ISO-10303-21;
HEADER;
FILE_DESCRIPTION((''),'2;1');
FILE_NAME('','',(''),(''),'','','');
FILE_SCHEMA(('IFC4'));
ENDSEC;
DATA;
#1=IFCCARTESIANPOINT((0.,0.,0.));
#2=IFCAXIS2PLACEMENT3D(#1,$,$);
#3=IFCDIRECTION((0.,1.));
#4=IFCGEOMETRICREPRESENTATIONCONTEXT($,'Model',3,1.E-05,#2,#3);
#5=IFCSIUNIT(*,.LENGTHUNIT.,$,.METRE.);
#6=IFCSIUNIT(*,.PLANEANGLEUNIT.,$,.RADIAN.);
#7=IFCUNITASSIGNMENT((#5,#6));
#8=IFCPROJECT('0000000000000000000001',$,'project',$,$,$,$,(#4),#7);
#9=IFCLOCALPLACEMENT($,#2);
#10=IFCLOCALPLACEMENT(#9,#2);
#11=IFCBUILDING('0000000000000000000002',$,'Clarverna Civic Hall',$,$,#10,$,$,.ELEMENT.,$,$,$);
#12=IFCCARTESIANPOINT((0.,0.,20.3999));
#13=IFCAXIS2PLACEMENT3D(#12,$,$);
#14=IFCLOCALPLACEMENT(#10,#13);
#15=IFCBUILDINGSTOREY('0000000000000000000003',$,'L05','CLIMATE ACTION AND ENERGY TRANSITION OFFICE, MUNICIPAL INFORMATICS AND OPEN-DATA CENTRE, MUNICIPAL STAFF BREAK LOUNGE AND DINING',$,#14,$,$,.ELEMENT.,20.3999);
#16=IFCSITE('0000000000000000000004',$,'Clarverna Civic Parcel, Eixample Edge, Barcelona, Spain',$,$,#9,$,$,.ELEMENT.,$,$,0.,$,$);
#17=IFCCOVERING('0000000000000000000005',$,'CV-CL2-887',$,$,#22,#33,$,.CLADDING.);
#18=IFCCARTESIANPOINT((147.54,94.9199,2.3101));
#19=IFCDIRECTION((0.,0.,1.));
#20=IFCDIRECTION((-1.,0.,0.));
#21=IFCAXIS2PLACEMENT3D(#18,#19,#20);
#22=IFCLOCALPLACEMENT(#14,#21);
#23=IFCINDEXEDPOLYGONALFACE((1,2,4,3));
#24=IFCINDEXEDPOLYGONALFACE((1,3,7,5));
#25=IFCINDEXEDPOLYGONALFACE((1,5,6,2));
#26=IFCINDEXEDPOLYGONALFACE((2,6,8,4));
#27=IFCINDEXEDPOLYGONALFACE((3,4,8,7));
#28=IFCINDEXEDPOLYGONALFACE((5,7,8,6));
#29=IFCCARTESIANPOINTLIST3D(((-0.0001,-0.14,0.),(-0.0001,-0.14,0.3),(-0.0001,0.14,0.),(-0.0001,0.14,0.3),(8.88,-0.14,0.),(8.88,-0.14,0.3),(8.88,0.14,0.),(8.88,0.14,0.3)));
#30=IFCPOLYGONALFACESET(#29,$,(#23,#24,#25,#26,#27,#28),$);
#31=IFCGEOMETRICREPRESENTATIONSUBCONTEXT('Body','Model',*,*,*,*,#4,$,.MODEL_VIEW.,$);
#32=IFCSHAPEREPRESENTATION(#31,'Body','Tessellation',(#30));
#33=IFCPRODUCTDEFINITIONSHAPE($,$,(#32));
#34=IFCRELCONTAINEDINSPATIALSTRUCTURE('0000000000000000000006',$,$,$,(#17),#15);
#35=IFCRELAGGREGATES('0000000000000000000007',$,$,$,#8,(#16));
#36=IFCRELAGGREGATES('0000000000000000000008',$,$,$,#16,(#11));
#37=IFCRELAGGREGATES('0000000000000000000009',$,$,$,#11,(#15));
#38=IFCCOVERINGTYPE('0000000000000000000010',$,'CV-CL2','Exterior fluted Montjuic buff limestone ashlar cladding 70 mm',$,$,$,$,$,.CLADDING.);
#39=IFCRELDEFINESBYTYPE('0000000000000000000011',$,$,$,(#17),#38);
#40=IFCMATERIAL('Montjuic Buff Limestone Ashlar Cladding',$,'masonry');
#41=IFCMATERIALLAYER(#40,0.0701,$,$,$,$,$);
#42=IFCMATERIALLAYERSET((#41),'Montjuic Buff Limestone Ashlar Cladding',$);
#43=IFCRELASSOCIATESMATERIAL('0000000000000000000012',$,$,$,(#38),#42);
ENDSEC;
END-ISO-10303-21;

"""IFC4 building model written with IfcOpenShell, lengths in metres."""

from ifc_helpers import new_model, si_unit, direction, frame, frame_2d, origin, place, context, subcontext, project, spatial, rectangle, extrude, material, layer, layer_set, type_object, element, save


model = new_model("IFC4")

# Units and contexts
model_context = context("Model", 3, precision=1e-05, world=origin(), true_north=direction((0.0, 1.0)))
body_context = subcontext(model_context, "Body", "Model", "MODEL_VIEW")
ifc_project = project(units=[si_unit("LENGTHUNIT", "METRE"), si_unit("PLANEANGLEUNIT", "RADIAN")], contexts=[model_context])

# Site, building, storey
site_placement = place(None, origin())
site = spatial("IfcSite", under=ifc_project, at=site_placement, Name="Clarverna Civic Parcel, Eixample Edge, Barcelona, Spain", CompositionType="ELEMENT", RefElevation=0.0)
building_placement = place(site_placement, origin())
building = spatial("IfcBuilding", under=site, at=building_placement, Name="Clarverna Civic Hall", CompositionType="ELEMENT")
storey_placement = place(building_placement, frame((0.0, 0.0, 20.3999)))
storey = spatial("IfcBuildingStorey", under=building, at=storey_placement, Name="L05", Description="CLIMATE ACTION AND ENERGY TRANSITION OFFICE, MUNICIPAL INFORMATICS AND OPEN-DATA CENTRE, MUNICIPAL STAFF BREAK LOUNGE AND DINING", CompositionType="ELEMENT", Elevation=20.3999)

# Covering
ifc_material_1 = material(Name="Montjuic Buff Limestone Ashlar Cladding", Category="masonry")
ifc_layer_1 = layer(ifc_material_1, 0.0701)
ifc_layer_set_1 = layer_set([ifc_layer_1], Name="Montjuic Buff Limestone Ashlar Cladding")
covering_type = type_object("IfcCoveringType", Name="CV-CL2", Description="Exterior fluted Montjuic buff limestone ashlar cladding 70 mm", PredefinedType="CLADDING", material=ifc_layer_set_1)
covering_placement = place(storey_placement, frame((147.54, 94.9199, 2.3101), z_axis=(0.0, 0.0, 1.0), x_axis=(-1.0, 0.0, 0.0)))
element("IfcCovering", 1, at=covering_placement, inside=storey, type_object=covering_type, Name="CV-CL2-887", PredefinedType="CLADDING", context=body_context, shape_type="SweptSolid", body=[
    extrude(rectangle(XDim=8.8801, YDim=0.28, at=frame_2d((4.4399, 0.0))), origin(), (0.0, 0.0, 1.0), 0.3),
])

save(model, "model.ifc")
